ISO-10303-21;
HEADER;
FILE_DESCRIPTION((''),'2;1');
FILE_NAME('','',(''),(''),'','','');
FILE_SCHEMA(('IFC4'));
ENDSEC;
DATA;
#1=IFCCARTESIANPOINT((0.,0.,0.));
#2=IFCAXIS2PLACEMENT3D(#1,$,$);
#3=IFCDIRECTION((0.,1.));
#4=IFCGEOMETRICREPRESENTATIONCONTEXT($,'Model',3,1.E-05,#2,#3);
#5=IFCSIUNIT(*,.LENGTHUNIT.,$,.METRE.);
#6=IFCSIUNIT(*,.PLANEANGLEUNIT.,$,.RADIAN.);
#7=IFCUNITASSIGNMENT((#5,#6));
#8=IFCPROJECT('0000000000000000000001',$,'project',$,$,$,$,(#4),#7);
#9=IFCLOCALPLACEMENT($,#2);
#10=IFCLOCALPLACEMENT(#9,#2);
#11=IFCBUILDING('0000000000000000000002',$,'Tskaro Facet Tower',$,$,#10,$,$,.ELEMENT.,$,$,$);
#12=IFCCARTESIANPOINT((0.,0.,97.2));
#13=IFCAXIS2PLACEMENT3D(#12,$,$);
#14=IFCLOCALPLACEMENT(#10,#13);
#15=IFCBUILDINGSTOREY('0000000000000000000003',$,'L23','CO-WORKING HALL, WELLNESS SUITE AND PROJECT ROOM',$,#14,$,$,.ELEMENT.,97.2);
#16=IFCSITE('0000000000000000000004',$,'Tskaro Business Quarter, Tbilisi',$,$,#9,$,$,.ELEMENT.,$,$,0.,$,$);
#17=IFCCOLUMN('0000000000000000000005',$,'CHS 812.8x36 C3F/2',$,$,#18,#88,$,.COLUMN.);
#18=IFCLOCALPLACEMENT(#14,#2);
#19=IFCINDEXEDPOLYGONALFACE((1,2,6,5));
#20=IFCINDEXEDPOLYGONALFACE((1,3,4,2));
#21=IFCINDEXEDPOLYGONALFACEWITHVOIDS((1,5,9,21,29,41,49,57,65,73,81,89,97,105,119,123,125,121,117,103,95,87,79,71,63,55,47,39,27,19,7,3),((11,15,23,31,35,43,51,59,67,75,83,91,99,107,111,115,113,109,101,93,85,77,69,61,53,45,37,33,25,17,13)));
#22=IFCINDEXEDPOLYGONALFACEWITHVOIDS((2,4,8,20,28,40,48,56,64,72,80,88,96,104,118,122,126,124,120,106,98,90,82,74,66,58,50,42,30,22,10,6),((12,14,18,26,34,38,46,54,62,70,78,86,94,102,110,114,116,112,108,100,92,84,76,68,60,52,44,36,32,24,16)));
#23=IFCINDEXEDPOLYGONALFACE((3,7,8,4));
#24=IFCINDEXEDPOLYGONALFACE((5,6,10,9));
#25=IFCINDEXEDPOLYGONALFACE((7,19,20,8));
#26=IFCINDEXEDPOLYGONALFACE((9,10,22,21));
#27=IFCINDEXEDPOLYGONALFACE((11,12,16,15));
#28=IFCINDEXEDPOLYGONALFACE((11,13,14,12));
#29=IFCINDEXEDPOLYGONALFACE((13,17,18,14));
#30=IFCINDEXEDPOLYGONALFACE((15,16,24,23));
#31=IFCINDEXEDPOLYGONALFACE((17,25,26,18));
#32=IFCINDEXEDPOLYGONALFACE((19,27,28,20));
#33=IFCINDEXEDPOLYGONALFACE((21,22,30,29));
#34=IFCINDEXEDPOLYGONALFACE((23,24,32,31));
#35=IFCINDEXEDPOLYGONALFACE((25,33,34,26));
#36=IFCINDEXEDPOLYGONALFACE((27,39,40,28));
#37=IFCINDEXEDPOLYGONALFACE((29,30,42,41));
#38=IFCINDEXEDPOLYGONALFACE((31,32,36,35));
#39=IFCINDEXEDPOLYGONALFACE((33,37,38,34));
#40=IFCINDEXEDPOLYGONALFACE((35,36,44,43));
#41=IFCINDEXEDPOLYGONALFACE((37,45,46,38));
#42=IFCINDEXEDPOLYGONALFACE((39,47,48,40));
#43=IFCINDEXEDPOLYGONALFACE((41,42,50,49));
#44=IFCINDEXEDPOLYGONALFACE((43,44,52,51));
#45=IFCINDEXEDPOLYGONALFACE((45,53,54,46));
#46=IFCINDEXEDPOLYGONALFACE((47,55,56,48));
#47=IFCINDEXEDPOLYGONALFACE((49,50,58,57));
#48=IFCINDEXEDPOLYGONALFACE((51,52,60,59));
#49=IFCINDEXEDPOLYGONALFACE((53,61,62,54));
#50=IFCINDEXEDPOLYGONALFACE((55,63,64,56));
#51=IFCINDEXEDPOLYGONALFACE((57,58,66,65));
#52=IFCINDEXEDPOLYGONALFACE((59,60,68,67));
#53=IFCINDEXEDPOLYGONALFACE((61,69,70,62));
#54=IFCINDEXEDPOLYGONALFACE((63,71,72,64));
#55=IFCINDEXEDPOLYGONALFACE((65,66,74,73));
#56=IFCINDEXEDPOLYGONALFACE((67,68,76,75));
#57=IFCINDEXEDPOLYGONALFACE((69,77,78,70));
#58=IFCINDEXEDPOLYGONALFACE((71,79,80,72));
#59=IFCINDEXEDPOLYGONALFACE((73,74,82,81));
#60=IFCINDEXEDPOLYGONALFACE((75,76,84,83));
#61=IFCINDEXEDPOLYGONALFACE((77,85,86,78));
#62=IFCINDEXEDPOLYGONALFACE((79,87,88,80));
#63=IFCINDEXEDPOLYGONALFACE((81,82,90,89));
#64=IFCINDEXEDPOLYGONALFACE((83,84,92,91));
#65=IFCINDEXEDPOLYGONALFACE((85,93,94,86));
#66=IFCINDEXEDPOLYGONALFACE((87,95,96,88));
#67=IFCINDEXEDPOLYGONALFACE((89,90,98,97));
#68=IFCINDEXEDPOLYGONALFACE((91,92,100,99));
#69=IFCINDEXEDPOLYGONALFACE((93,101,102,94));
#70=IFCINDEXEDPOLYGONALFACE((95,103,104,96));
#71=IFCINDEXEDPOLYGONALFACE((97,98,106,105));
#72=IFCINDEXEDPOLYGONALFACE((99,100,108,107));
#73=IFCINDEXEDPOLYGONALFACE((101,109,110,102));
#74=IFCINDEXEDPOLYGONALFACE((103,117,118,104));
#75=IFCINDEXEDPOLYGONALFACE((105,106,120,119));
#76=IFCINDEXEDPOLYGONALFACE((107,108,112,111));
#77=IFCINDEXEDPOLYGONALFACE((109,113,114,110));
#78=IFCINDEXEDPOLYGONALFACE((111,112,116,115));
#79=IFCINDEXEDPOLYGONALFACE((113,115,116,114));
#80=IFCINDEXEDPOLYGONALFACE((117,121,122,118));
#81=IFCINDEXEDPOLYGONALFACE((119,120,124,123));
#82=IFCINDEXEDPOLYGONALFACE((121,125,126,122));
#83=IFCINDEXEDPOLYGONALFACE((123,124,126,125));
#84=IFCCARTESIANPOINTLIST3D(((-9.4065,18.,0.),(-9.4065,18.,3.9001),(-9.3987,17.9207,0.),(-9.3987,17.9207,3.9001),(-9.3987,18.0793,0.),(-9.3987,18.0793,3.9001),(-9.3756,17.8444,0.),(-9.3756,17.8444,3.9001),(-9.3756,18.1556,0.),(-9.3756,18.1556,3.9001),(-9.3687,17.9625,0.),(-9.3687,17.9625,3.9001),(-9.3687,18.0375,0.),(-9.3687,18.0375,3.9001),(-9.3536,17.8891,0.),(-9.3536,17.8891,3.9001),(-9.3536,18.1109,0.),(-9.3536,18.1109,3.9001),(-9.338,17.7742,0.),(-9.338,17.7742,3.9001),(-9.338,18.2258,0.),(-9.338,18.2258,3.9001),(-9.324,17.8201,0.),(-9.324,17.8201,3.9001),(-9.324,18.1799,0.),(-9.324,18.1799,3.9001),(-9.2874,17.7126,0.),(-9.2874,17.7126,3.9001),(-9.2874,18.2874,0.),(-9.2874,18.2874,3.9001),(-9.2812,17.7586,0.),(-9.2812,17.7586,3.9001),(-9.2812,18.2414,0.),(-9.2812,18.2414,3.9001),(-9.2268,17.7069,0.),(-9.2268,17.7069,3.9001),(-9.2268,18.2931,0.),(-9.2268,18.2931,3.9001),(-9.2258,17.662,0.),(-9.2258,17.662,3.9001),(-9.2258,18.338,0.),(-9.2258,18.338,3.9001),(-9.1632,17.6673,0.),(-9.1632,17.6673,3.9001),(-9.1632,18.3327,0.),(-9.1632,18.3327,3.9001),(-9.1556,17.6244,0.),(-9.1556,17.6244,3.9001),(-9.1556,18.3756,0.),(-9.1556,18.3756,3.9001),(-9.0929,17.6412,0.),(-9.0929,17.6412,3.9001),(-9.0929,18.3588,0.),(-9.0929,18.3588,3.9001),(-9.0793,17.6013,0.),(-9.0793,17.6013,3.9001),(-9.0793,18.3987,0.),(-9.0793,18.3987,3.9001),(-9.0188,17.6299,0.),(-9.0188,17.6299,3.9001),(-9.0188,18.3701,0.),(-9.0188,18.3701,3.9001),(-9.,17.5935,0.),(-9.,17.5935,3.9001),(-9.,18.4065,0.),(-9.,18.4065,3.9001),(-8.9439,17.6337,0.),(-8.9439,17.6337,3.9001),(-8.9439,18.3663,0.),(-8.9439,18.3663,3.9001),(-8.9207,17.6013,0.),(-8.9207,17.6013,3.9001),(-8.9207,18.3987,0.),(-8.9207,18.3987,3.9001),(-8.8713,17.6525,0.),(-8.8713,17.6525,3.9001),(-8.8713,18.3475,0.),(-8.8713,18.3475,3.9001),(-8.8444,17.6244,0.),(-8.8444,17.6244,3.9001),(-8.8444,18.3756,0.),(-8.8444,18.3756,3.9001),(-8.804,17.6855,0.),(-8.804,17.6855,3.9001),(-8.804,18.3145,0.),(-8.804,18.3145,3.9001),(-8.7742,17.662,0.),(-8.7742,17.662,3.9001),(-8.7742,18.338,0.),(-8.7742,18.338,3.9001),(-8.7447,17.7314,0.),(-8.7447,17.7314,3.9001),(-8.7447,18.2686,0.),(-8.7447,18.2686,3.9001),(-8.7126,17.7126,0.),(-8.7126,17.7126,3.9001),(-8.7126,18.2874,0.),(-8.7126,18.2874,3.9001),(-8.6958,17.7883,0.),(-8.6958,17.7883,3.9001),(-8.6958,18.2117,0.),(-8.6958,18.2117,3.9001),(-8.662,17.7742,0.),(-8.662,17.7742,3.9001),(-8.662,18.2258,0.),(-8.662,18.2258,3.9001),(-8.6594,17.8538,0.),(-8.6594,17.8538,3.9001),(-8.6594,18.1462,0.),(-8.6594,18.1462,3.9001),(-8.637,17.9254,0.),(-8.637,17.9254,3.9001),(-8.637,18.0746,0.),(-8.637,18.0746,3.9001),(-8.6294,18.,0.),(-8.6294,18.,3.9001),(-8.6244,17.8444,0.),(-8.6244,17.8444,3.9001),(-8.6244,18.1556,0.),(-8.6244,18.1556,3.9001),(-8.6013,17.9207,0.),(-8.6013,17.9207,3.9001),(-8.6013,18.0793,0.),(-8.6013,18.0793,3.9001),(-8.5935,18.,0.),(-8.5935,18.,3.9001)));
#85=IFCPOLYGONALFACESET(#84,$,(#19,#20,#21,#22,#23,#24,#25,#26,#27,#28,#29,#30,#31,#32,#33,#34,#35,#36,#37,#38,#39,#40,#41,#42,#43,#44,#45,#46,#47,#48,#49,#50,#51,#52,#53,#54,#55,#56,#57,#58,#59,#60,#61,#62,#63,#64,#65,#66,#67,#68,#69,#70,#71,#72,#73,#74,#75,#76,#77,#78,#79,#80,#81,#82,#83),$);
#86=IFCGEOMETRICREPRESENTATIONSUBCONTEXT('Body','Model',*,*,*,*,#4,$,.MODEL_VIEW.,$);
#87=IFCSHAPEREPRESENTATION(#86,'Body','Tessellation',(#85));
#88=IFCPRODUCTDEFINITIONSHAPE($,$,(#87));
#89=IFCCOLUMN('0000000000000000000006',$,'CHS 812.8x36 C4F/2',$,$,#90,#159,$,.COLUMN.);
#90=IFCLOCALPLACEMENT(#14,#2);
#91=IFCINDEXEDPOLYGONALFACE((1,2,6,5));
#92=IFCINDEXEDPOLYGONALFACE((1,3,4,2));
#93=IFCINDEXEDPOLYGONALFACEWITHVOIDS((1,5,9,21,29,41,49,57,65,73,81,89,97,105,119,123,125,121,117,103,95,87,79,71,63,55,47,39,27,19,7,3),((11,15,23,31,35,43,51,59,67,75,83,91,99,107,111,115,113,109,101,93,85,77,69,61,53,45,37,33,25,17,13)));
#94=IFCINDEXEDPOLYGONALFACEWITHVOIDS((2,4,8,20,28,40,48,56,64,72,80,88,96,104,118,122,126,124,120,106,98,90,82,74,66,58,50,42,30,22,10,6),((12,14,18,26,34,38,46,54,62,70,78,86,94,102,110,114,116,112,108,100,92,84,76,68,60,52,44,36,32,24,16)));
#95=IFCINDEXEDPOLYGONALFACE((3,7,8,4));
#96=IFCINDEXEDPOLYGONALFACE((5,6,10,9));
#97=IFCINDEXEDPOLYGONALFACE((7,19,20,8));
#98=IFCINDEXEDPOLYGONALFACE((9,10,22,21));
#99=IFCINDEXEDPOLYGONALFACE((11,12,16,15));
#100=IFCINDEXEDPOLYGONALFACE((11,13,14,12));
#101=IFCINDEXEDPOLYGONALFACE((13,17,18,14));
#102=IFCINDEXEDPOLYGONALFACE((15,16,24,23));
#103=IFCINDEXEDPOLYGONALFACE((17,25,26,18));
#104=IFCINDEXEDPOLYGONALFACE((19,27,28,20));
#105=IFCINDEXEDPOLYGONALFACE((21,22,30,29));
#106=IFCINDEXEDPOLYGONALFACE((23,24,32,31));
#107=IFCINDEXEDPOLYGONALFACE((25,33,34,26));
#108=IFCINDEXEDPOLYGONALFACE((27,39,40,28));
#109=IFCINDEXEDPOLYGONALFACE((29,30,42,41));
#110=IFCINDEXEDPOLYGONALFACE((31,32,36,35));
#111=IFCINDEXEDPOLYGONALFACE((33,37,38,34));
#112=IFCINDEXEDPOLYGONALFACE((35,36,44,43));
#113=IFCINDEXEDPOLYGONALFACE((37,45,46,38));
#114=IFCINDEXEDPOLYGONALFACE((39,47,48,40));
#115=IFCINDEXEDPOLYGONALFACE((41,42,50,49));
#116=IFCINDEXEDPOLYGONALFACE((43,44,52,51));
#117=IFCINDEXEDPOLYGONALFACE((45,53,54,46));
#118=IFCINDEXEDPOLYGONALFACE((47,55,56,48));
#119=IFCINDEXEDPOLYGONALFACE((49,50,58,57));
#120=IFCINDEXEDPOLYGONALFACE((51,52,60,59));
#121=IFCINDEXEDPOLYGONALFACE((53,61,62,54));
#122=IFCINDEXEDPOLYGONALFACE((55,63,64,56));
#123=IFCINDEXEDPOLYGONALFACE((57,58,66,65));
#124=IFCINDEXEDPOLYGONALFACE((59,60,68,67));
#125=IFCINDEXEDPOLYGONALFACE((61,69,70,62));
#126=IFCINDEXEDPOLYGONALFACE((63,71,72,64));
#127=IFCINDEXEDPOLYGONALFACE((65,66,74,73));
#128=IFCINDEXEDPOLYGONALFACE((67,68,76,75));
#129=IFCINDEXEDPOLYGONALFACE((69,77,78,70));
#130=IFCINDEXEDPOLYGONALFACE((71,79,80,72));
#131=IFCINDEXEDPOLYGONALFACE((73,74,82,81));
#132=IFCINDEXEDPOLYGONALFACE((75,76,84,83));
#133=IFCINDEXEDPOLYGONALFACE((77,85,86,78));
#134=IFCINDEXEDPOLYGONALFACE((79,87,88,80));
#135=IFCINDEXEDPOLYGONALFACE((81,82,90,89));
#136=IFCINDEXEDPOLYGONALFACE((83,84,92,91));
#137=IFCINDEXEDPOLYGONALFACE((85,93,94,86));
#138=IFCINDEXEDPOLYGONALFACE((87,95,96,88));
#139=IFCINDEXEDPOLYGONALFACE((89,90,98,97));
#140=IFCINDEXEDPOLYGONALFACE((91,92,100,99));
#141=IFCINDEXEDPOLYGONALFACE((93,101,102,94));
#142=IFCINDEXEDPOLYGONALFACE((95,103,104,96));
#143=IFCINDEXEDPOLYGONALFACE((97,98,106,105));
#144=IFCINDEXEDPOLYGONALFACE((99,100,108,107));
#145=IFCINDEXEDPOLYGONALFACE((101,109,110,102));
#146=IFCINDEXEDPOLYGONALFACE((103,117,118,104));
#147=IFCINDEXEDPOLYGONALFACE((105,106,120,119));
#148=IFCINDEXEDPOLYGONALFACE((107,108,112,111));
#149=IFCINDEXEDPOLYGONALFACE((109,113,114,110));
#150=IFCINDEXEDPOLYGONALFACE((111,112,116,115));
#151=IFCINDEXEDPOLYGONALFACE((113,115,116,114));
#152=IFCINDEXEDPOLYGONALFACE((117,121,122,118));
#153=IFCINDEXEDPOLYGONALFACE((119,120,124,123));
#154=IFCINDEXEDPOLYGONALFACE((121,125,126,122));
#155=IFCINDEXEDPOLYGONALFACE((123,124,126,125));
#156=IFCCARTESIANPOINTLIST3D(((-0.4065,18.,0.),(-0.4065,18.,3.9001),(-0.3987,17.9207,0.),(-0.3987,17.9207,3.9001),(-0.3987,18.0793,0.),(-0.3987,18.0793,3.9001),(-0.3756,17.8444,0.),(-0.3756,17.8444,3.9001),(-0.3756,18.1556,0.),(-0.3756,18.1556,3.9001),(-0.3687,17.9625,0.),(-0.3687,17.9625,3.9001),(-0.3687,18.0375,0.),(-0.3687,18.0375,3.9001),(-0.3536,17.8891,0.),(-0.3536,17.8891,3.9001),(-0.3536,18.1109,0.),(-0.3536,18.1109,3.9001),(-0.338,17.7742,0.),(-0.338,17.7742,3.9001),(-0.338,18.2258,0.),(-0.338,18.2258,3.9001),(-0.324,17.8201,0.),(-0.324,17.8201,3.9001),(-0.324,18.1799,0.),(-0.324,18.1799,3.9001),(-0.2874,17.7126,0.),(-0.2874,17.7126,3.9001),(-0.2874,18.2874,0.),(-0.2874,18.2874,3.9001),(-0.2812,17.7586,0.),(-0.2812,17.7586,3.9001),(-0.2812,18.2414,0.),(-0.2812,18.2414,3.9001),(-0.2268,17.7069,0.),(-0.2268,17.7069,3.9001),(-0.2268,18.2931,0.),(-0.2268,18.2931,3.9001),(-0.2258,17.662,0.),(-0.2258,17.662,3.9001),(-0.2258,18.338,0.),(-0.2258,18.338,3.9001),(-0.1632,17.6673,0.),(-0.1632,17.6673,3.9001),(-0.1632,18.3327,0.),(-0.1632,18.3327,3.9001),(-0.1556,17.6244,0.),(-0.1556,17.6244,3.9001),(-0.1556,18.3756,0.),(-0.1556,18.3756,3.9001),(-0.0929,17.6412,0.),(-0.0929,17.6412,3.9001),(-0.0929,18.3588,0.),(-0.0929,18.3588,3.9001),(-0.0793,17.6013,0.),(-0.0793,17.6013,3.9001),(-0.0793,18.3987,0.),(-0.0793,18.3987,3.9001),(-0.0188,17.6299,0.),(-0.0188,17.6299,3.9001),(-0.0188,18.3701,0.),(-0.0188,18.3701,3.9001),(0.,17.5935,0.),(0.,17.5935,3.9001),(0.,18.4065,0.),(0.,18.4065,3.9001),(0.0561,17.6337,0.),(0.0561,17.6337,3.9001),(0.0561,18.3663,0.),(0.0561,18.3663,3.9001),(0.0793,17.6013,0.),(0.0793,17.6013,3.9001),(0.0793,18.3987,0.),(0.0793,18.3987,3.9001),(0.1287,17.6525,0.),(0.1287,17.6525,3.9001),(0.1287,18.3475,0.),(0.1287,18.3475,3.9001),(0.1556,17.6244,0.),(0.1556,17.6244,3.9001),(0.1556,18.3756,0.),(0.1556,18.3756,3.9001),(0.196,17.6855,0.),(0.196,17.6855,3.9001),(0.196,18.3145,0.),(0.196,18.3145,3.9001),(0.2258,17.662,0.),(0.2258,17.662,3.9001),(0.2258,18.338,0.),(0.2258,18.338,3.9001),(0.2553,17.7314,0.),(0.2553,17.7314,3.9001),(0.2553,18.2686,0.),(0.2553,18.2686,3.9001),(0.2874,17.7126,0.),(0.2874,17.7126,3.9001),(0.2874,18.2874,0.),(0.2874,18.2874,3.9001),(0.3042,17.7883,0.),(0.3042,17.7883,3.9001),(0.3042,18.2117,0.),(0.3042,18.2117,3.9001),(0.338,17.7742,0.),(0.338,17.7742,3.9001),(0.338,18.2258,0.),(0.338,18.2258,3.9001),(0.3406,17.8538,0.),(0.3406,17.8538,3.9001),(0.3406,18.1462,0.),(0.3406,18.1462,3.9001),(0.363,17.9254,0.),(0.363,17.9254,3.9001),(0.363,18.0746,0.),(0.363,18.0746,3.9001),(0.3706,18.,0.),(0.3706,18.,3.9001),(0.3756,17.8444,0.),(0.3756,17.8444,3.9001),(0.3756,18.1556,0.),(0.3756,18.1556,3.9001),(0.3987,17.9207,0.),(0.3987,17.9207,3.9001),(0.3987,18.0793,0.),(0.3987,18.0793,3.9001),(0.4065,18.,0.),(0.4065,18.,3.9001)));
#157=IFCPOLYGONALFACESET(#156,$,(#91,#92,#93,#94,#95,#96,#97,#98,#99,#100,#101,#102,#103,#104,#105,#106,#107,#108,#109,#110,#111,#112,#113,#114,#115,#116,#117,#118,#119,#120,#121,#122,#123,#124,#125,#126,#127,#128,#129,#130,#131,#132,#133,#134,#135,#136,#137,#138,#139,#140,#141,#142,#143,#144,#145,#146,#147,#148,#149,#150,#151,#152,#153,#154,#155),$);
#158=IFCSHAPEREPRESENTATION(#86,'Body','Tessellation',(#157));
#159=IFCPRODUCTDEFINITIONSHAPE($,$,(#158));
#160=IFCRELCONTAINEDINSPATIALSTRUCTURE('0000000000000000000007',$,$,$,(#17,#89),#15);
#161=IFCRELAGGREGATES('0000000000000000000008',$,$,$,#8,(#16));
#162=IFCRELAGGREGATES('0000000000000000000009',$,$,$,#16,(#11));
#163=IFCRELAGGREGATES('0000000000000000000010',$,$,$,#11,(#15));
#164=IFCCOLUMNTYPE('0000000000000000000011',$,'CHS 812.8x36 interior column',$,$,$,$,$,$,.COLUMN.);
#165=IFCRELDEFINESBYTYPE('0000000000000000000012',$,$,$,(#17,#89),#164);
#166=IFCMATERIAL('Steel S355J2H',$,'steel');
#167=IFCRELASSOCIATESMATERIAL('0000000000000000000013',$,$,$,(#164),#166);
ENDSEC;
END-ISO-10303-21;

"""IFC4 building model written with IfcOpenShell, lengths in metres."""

from ifc_helpers import new_model, si_unit, direction, frame, origin, origin_2d, place, context, subcontext, project, spatial, hollow_circle, extrude, material, material_profile, profile_set, type_object, element, save


model = new_model("IFC4")

# Units and contexts
model_context = context("Model", 3, precision=1e-05, world=origin(), true_north=direction((0.0, 1.0)))
body_context = subcontext(model_context, "Body", "Model", "MODEL_VIEW")
ifc_project = project(units=[si_unit("LENGTHUNIT", "METRE"), si_unit("PLANEANGLEUNIT", "RADIAN")], contexts=[model_context])

# Site, building, storey
site_placement = place(None, origin())
site = spatial("IfcSite", under=ifc_project, at=site_placement, Name="Tskaro Business Quarter, Tbilisi", CompositionType="ELEMENT", RefElevation=0.0)
building_placement = place(site_placement, origin())
building = spatial("IfcBuilding", under=site, at=building_placement, Name="Tskaro Facet Tower", CompositionType="ELEMENT")
storey_placement = place(building_placement, frame((0.0, 0.0, 97.2)))
storey = spatial("IfcBuildingStorey", under=building, at=storey_placement, Name="L23", Description="CO-WORKING HALL, WELLNESS SUITE AND PROJECT ROOM", CompositionType="ELEMENT", Elevation=97.2)

# Columns
ifc_material_1 = material(Name="Steel S355J2H", Category="steel")
ifc_material_profile_1 = material_profile(ifc_material_1, hollow_circle(Radius=0.4065, WallThickness=0.0359, at=origin_2d()), Name="CHS 812.8x36")
ifc_profile_set_1 = profile_set([ifc_material_profile_1], Name="Steel S355J2H")
column_type_1 = type_object("IfcColumnType", Name="CHS 812.8x36 interior column", PredefinedType="COLUMN", material=ifc_profile_set_1)
for number, where, z_axis, x_axis, name in (
    (1, (-9.0, 18.0, 0.0), (0.0, 0.0, 1.0), (1.0, 0.0, 0.0), "CHS 812.8x36 C3F/2"),
    (2, (0.0, 18.0, 0.0), (0.0, 0.0, 1.0), (1.0, 0.0, 0.0), "CHS 812.8x36 C4F/2"),
):
    element("IfcColumn", number, at=place(storey_placement, frame(where, z_axis=z_axis, x_axis=x_axis)), inside=storey, type_object=column_type_1, Name=name, PredefinedType="COLUMN", context=body_context, shape_type="SweptSolid", body=[
        extrude(hollow_circle(Radius=0.4065, WallThickness=0.0359, at=origin_2d()), origin(), (0.0, 0.0, 1.0), 3.9001),
    ])

save(model, "model.ifc")
